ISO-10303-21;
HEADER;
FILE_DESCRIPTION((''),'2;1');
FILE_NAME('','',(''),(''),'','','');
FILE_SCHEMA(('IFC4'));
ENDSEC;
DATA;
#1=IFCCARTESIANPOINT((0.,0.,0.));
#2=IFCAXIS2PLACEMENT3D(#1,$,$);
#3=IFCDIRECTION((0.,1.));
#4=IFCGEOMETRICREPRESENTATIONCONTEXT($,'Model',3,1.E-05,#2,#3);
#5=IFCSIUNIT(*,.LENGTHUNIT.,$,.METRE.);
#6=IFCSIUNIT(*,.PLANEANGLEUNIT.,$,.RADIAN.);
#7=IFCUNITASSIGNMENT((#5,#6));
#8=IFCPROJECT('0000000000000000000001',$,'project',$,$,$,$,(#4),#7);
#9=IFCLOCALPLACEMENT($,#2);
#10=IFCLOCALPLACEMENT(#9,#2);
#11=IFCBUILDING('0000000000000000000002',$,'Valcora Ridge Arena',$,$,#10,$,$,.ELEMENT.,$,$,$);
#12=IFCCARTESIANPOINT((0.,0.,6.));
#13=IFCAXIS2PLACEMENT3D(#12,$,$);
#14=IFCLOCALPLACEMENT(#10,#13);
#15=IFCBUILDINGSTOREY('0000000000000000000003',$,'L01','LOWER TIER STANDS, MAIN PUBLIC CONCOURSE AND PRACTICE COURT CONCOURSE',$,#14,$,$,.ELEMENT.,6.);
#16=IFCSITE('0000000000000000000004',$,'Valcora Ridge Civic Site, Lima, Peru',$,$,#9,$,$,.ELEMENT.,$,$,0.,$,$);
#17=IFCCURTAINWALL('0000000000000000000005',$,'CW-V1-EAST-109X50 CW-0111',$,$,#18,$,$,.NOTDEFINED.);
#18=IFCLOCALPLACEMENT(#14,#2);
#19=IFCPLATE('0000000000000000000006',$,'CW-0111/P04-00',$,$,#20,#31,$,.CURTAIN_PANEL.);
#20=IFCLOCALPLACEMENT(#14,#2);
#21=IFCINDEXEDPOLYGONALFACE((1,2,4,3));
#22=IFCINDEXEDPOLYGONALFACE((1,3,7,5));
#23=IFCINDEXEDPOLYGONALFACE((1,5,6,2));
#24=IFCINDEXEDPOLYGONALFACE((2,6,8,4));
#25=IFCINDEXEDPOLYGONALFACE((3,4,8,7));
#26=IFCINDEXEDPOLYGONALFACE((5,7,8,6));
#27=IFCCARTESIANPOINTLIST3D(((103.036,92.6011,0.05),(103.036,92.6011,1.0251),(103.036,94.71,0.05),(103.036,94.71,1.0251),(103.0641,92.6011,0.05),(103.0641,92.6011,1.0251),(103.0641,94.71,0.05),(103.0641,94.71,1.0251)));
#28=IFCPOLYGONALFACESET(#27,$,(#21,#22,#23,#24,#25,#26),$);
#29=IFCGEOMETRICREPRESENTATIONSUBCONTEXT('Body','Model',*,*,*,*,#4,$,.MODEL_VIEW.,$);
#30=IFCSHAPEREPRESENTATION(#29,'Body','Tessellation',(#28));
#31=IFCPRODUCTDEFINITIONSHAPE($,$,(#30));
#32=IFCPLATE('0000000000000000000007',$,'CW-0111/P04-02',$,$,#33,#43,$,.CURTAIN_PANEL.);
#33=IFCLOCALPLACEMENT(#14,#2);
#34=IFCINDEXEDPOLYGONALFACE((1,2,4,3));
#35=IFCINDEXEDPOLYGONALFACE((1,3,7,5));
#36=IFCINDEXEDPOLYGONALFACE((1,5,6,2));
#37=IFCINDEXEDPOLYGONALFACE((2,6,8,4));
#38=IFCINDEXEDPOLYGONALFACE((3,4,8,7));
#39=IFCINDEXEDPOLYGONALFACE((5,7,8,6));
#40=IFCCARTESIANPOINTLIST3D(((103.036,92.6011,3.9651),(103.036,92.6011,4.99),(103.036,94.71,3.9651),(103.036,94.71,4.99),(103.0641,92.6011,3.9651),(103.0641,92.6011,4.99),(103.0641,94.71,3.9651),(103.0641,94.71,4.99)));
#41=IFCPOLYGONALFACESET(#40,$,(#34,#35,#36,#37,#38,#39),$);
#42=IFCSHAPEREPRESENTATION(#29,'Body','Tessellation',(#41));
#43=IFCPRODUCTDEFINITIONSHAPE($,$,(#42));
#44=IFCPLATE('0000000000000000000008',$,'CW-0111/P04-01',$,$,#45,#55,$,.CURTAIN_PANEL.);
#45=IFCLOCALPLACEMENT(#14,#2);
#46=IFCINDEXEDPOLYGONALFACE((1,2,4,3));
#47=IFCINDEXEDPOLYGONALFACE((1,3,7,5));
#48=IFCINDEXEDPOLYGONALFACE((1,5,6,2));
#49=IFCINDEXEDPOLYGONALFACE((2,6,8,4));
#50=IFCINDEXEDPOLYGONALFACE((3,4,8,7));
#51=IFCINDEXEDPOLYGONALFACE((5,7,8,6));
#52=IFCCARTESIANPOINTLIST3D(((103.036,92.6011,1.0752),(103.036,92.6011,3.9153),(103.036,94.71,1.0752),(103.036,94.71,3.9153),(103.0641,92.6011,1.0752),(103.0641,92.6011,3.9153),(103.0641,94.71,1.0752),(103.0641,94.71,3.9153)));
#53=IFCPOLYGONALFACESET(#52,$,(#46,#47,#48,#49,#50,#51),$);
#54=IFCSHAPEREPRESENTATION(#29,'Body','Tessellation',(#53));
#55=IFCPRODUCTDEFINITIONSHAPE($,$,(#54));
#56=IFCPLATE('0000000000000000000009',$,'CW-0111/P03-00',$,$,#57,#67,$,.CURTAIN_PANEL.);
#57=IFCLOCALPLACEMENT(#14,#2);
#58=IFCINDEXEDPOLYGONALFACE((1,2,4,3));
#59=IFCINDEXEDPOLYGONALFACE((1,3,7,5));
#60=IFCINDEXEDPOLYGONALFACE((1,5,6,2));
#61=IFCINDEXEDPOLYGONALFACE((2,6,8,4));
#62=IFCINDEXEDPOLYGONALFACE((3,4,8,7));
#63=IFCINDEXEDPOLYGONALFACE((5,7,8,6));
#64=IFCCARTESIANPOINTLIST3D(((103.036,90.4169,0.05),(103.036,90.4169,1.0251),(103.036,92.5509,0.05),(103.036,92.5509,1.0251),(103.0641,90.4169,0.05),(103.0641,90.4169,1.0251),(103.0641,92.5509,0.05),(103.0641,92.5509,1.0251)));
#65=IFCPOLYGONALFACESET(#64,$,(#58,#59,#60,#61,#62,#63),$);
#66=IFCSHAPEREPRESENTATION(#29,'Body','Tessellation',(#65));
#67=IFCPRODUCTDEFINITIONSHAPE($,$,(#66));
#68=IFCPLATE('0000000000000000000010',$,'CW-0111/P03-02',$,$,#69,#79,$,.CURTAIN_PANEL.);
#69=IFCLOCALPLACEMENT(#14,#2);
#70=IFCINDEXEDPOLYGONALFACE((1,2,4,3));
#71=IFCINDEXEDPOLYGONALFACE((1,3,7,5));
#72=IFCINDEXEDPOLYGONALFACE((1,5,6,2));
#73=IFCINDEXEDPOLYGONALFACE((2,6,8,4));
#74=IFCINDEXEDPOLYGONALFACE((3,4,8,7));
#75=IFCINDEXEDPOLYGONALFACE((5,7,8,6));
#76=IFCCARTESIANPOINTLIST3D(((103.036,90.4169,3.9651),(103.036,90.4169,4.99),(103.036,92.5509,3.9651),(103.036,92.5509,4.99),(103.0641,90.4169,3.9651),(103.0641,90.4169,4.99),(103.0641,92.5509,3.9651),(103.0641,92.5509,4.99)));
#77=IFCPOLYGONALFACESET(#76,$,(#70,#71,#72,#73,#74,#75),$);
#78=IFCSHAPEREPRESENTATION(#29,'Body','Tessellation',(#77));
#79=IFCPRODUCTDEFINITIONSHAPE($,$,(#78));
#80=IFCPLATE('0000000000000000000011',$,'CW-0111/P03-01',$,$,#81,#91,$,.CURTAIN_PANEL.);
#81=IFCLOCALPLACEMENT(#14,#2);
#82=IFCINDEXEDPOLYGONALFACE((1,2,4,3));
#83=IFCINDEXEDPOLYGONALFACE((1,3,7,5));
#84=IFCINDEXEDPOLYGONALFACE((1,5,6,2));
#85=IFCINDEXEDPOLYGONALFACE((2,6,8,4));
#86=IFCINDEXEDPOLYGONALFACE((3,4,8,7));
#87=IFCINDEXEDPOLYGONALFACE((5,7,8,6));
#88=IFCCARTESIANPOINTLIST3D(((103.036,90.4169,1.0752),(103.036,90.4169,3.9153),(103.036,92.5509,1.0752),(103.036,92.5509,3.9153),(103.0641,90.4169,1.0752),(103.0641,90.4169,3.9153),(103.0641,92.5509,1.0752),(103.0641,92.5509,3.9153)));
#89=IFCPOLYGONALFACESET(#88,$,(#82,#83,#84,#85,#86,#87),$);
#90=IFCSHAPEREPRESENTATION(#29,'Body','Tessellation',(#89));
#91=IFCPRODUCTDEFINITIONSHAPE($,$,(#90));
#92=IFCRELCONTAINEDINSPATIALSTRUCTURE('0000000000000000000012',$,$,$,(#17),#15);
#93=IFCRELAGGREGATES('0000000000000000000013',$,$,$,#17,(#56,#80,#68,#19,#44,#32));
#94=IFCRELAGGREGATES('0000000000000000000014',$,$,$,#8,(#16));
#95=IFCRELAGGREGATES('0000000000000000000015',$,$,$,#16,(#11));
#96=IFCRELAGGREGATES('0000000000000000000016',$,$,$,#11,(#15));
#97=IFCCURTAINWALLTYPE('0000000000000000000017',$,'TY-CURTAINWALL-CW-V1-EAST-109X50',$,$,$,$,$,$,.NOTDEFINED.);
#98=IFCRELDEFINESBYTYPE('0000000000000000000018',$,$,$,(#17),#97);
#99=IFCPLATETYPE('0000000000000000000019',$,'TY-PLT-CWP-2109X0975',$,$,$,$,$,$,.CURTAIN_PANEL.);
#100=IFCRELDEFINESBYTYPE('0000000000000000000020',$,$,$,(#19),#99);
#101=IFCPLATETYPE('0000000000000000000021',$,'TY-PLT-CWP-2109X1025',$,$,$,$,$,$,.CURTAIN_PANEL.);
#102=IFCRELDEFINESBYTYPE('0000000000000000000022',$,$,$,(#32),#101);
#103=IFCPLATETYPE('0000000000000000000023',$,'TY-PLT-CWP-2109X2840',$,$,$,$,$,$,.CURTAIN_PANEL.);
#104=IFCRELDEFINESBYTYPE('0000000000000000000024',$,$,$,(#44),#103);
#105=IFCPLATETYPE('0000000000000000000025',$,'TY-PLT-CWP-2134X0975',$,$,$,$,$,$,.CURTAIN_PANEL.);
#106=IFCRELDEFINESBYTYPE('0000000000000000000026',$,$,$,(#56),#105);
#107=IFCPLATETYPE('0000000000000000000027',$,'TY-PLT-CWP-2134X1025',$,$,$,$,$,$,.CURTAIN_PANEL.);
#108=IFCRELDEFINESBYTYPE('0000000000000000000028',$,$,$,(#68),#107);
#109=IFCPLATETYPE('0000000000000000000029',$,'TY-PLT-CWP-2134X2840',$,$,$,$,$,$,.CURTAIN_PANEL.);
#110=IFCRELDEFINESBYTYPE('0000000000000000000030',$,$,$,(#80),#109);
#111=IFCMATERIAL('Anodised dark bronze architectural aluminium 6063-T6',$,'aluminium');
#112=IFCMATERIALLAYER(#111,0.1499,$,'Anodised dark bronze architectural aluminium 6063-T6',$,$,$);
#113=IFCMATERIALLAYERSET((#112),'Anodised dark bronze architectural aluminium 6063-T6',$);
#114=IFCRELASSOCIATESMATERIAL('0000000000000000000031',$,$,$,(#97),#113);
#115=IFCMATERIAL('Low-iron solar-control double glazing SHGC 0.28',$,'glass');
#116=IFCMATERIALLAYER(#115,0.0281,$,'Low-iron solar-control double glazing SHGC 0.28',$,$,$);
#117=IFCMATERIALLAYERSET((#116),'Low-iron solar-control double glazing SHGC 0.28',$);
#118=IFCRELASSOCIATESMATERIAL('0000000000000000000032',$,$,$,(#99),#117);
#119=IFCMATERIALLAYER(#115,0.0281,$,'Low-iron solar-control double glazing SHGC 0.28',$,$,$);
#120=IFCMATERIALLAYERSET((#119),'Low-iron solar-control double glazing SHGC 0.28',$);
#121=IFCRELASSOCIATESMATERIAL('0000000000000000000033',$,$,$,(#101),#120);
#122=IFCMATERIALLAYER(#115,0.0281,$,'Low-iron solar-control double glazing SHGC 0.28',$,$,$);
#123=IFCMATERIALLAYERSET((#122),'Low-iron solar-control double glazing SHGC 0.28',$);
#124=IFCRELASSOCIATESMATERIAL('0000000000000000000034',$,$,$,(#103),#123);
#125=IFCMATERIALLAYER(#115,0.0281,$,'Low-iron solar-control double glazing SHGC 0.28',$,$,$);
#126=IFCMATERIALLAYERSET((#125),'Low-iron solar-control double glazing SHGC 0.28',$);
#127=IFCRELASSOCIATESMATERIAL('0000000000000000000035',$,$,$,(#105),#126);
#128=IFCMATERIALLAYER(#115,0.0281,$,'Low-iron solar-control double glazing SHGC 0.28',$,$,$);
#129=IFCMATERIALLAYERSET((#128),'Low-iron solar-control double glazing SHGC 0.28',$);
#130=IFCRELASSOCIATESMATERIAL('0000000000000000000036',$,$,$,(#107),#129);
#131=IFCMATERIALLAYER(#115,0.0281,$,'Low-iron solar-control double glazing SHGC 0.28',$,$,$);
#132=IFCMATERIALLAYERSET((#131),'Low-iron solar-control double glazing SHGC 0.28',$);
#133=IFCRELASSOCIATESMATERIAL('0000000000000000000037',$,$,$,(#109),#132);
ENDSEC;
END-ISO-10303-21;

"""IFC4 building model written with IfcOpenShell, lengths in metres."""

from ifc_helpers import new_model, si_unit, direction, frame, origin, origin_2d, place, context, subcontext, project, spatial, rectangle, extrude, material, layer, layer_set, type_object, element, aggregate, save


model = new_model("IFC4")

# Units and contexts
model_context = context("Model", 3, precision=1e-05, world=origin(), true_north=direction((0.0, 1.0)))
body_context = subcontext(model_context, "Body", "Model", "MODEL_VIEW")
ifc_project = project(units=[si_unit("LENGTHUNIT", "METRE"), si_unit("PLANEANGLEUNIT", "RADIAN")], contexts=[model_context])

# Site, building, storey
site_placement = place(None, origin())
site = spatial("IfcSite", under=ifc_project, at=site_placement, Name="Valcora Ridge Civic Site, Lima, Peru", CompositionType="ELEMENT", RefElevation=0.0)
building_placement = place(site_placement, origin())
building = spatial("IfcBuilding", under=site, at=building_placement, Name="Valcora Ridge Arena", CompositionType="ELEMENT")
storey_placement = place(building_placement, frame((0.0, 0.0, 6.0)))
storey = spatial("IfcBuildingStorey", under=building, at=storey_placement, Name="L01", Description="LOWER TIER STANDS, MAIN PUBLIC CONCOURSE AND PRACTICE COURT CONCOURSE", CompositionType="ELEMENT", Elevation=6.0)

# Curtain wall
ifc_material_1 = material(Name="Anodised dark bronze architectural aluminium 6063-T6", Category="aluminium")
ifc_layer_1 = layer(ifc_material_1, 0.1499, Name="Anodised dark bronze architectural aluminium 6063-T6")
ifc_layer_set_1 = layer_set([ifc_layer_1], Name="Anodised dark bronze architectural aluminium 6063-T6")
curtain_wall_type_1 = type_object("IfcCurtainWallType", Name="TY-CURTAINWALL-CW-V1-EAST-109X50", PredefinedType="NOTDEFINED", material=ifc_layer_set_1)
curtain_wall_1_placement = place(storey_placement, origin())
curtain_wall_1 = element("IfcCurtainWall", 1, at=curtain_wall_1_placement, inside=storey, type_object=curtain_wall_type_1, Name="CW-V1-EAST-109X50 CW-0111", PredefinedType="NOTDEFINED")

# Plates
ifc_material_2 = material(Name="Low-iron solar-control double glazing SHGC 0.28", Category="glass")
ifc_layer_2 = layer(ifc_material_2, 0.0281, Name="Low-iron solar-control double glazing SHGC 0.28")
ifc_layer_set_2 = layer_set([ifc_layer_2], Name="Low-iron solar-control double glazing SHGC 0.28")
plate_type_1 = type_object("IfcPlateType", Name="TY-PLT-CWP-2109X0975", PredefinedType="CURTAIN_PANEL", material=ifc_layer_set_2)
plate_1_placement = place(storey_placement, frame((103.05, 93.6555, 0.05), z_axis=(0.0, 0.0, 1.0), x_axis=(0.0, 1.0, 0.0)))
plate_1 = element("IfcPlate", 2, at=plate_1_placement, type_object=plate_type_1, Name="CW-0111/P04-00", PredefinedType="CURTAIN_PANEL", context=body_context, shape_type="SweptSolid", body=[
    extrude(rectangle(XDim=2.1089, YDim=0.0281, at=origin_2d()), origin(), (0.0, 0.0, 1.0), 0.9751),
])
ifc_layer_3 = layer(ifc_material_2, 0.0281, Name="Low-iron solar-control double glazing SHGC 0.28")
ifc_layer_set_3 = layer_set([ifc_layer_3], Name="Low-iron solar-control double glazing SHGC 0.28")
plate_type_2 = type_object("IfcPlateType", Name="TY-PLT-CWP-2109X1025", PredefinedType="CURTAIN_PANEL", material=ifc_layer_set_3)
plate_2_placement = place(storey_placement, frame((103.05, 93.6555, 3.9651), z_axis=(0.0, 0.0, 1.0), x_axis=(0.0, 1.0, 0.0)))
plate_2 = element("IfcPlate", 3, at=plate_2_placement, type_object=plate_type_2, Name="CW-0111/P04-02", PredefinedType="CURTAIN_PANEL", context=body_context, shape_type="SweptSolid", body=[
    extrude(rectangle(XDim=2.1089, YDim=0.0281, at=origin_2d()), origin(), (0.0, 0.0, 1.0), 1.0249),
])
ifc_layer_4 = layer(ifc_material_2, 0.0281, Name="Low-iron solar-control double glazing SHGC 0.28")
ifc_layer_set_4 = layer_set([ifc_layer_4], Name="Low-iron solar-control double glazing SHGC 0.28")
plate_type_3 = type_object("IfcPlateType", Name="TY-PLT-CWP-2109X2840", PredefinedType="CURTAIN_PANEL", material=ifc_layer_set_4)
plate_3_placement = place(storey_placement, frame((103.05, 93.6555, 1.0752), z_axis=(0.0, 0.0, 1.0), x_axis=(0.0, 1.0, 0.0)))
plate_3 = element("IfcPlate", 4, at=plate_3_placement, type_object=plate_type_3, Name="CW-0111/P04-01", PredefinedType="CURTAIN_PANEL", context=body_context, shape_type="SweptSolid", body=[
    extrude(rectangle(XDim=2.1089, YDim=0.0281, at=origin_2d()), origin(), (0.0, 0.0, 1.0), 2.8401),
])
ifc_layer_5 = layer(ifc_material_2, 0.0281, Name="Low-iron solar-control double glazing SHGC 0.28")
ifc_layer_set_5 = layer_set([ifc_layer_5], Name="Low-iron solar-control double glazing SHGC 0.28")
plate_type_4 = type_object("IfcPlateType", Name="TY-PLT-CWP-2134X0975", PredefinedType="CURTAIN_PANEL", material=ifc_layer_set_5)
plate_4_placement = place(storey_placement, frame((103.05, 91.4839, 0.05), z_axis=(0.0, 0.0, 1.0), x_axis=(0.0, 1.0, 0.0)))
plate_4 = element("IfcPlate", 5, at=plate_4_placement, type_object=plate_type_4, Name="CW-0111/P03-00", PredefinedType="CURTAIN_PANEL", context=body_context, shape_type="SweptSolid", body=[
    extrude(rectangle(XDim=2.134, YDim=0.0281, at=origin_2d()), origin(), (0.0, 0.0, 1.0), 0.9751),
])
ifc_layer_6 = layer(ifc_material_2, 0.0281, Name="Low-iron solar-control double glazing SHGC 0.28")
ifc_layer_set_6 = layer_set([ifc_layer_6], Name="Low-iron solar-control double glazing SHGC 0.28")
plate_type_5 = type_object("IfcPlateType", Name="TY-PLT-CWP-2134X1025", PredefinedType="CURTAIN_PANEL", material=ifc_layer_set_6)
plate_5_placement = place(storey_placement, frame((103.05, 91.4839, 3.9651), z_axis=(0.0, 0.0, 1.0), x_axis=(0.0, 1.0, 0.0)))
plate_5 = element("IfcPlate", 6, at=plate_5_placement, type_object=plate_type_5, Name="CW-0111/P03-02", PredefinedType="CURTAIN_PANEL", context=body_context, shape_type="SweptSolid", body=[
    extrude(rectangle(XDim=2.134, YDim=0.0281, at=origin_2d()), origin(), (0.0, 0.0, 1.0), 1.0249),
])
ifc_layer_7 = layer(ifc_material_2, 0.0281, Name="Low-iron solar-control double glazing SHGC 0.28")
ifc_layer_set_7 = layer_set([ifc_layer_7], Name="Low-iron solar-control double glazing SHGC 0.28")
plate_type_6 = type_object("IfcPlateType", Name="TY-PLT-CWP-2134X2840", PredefinedType="CURTAIN_PANEL", material=ifc_layer_set_7)
plate_6_placement = place(storey_placement, frame((103.05, 91.4839, 1.0752), z_axis=(0.0, 0.0, 1.0), x_axis=(0.0, 1.0, 0.0)))
plate_6 = element("IfcPlate", 7, at=plate_6_placement, type_object=plate_type_6, Name="CW-0111/P03-01", PredefinedType="CURTAIN_PANEL", context=body_context, shape_type="SweptSolid", body=[
    extrude(rectangle(XDim=2.134, YDim=0.0281, at=origin_2d()), origin(), (0.0, 0.0, 1.0), 2.8401),
])
aggregate(curtain_wall_1, [plate_4, plate_6, plate_5, plate_1, plate_3, plate_2])

save(model, "model.ifc")
